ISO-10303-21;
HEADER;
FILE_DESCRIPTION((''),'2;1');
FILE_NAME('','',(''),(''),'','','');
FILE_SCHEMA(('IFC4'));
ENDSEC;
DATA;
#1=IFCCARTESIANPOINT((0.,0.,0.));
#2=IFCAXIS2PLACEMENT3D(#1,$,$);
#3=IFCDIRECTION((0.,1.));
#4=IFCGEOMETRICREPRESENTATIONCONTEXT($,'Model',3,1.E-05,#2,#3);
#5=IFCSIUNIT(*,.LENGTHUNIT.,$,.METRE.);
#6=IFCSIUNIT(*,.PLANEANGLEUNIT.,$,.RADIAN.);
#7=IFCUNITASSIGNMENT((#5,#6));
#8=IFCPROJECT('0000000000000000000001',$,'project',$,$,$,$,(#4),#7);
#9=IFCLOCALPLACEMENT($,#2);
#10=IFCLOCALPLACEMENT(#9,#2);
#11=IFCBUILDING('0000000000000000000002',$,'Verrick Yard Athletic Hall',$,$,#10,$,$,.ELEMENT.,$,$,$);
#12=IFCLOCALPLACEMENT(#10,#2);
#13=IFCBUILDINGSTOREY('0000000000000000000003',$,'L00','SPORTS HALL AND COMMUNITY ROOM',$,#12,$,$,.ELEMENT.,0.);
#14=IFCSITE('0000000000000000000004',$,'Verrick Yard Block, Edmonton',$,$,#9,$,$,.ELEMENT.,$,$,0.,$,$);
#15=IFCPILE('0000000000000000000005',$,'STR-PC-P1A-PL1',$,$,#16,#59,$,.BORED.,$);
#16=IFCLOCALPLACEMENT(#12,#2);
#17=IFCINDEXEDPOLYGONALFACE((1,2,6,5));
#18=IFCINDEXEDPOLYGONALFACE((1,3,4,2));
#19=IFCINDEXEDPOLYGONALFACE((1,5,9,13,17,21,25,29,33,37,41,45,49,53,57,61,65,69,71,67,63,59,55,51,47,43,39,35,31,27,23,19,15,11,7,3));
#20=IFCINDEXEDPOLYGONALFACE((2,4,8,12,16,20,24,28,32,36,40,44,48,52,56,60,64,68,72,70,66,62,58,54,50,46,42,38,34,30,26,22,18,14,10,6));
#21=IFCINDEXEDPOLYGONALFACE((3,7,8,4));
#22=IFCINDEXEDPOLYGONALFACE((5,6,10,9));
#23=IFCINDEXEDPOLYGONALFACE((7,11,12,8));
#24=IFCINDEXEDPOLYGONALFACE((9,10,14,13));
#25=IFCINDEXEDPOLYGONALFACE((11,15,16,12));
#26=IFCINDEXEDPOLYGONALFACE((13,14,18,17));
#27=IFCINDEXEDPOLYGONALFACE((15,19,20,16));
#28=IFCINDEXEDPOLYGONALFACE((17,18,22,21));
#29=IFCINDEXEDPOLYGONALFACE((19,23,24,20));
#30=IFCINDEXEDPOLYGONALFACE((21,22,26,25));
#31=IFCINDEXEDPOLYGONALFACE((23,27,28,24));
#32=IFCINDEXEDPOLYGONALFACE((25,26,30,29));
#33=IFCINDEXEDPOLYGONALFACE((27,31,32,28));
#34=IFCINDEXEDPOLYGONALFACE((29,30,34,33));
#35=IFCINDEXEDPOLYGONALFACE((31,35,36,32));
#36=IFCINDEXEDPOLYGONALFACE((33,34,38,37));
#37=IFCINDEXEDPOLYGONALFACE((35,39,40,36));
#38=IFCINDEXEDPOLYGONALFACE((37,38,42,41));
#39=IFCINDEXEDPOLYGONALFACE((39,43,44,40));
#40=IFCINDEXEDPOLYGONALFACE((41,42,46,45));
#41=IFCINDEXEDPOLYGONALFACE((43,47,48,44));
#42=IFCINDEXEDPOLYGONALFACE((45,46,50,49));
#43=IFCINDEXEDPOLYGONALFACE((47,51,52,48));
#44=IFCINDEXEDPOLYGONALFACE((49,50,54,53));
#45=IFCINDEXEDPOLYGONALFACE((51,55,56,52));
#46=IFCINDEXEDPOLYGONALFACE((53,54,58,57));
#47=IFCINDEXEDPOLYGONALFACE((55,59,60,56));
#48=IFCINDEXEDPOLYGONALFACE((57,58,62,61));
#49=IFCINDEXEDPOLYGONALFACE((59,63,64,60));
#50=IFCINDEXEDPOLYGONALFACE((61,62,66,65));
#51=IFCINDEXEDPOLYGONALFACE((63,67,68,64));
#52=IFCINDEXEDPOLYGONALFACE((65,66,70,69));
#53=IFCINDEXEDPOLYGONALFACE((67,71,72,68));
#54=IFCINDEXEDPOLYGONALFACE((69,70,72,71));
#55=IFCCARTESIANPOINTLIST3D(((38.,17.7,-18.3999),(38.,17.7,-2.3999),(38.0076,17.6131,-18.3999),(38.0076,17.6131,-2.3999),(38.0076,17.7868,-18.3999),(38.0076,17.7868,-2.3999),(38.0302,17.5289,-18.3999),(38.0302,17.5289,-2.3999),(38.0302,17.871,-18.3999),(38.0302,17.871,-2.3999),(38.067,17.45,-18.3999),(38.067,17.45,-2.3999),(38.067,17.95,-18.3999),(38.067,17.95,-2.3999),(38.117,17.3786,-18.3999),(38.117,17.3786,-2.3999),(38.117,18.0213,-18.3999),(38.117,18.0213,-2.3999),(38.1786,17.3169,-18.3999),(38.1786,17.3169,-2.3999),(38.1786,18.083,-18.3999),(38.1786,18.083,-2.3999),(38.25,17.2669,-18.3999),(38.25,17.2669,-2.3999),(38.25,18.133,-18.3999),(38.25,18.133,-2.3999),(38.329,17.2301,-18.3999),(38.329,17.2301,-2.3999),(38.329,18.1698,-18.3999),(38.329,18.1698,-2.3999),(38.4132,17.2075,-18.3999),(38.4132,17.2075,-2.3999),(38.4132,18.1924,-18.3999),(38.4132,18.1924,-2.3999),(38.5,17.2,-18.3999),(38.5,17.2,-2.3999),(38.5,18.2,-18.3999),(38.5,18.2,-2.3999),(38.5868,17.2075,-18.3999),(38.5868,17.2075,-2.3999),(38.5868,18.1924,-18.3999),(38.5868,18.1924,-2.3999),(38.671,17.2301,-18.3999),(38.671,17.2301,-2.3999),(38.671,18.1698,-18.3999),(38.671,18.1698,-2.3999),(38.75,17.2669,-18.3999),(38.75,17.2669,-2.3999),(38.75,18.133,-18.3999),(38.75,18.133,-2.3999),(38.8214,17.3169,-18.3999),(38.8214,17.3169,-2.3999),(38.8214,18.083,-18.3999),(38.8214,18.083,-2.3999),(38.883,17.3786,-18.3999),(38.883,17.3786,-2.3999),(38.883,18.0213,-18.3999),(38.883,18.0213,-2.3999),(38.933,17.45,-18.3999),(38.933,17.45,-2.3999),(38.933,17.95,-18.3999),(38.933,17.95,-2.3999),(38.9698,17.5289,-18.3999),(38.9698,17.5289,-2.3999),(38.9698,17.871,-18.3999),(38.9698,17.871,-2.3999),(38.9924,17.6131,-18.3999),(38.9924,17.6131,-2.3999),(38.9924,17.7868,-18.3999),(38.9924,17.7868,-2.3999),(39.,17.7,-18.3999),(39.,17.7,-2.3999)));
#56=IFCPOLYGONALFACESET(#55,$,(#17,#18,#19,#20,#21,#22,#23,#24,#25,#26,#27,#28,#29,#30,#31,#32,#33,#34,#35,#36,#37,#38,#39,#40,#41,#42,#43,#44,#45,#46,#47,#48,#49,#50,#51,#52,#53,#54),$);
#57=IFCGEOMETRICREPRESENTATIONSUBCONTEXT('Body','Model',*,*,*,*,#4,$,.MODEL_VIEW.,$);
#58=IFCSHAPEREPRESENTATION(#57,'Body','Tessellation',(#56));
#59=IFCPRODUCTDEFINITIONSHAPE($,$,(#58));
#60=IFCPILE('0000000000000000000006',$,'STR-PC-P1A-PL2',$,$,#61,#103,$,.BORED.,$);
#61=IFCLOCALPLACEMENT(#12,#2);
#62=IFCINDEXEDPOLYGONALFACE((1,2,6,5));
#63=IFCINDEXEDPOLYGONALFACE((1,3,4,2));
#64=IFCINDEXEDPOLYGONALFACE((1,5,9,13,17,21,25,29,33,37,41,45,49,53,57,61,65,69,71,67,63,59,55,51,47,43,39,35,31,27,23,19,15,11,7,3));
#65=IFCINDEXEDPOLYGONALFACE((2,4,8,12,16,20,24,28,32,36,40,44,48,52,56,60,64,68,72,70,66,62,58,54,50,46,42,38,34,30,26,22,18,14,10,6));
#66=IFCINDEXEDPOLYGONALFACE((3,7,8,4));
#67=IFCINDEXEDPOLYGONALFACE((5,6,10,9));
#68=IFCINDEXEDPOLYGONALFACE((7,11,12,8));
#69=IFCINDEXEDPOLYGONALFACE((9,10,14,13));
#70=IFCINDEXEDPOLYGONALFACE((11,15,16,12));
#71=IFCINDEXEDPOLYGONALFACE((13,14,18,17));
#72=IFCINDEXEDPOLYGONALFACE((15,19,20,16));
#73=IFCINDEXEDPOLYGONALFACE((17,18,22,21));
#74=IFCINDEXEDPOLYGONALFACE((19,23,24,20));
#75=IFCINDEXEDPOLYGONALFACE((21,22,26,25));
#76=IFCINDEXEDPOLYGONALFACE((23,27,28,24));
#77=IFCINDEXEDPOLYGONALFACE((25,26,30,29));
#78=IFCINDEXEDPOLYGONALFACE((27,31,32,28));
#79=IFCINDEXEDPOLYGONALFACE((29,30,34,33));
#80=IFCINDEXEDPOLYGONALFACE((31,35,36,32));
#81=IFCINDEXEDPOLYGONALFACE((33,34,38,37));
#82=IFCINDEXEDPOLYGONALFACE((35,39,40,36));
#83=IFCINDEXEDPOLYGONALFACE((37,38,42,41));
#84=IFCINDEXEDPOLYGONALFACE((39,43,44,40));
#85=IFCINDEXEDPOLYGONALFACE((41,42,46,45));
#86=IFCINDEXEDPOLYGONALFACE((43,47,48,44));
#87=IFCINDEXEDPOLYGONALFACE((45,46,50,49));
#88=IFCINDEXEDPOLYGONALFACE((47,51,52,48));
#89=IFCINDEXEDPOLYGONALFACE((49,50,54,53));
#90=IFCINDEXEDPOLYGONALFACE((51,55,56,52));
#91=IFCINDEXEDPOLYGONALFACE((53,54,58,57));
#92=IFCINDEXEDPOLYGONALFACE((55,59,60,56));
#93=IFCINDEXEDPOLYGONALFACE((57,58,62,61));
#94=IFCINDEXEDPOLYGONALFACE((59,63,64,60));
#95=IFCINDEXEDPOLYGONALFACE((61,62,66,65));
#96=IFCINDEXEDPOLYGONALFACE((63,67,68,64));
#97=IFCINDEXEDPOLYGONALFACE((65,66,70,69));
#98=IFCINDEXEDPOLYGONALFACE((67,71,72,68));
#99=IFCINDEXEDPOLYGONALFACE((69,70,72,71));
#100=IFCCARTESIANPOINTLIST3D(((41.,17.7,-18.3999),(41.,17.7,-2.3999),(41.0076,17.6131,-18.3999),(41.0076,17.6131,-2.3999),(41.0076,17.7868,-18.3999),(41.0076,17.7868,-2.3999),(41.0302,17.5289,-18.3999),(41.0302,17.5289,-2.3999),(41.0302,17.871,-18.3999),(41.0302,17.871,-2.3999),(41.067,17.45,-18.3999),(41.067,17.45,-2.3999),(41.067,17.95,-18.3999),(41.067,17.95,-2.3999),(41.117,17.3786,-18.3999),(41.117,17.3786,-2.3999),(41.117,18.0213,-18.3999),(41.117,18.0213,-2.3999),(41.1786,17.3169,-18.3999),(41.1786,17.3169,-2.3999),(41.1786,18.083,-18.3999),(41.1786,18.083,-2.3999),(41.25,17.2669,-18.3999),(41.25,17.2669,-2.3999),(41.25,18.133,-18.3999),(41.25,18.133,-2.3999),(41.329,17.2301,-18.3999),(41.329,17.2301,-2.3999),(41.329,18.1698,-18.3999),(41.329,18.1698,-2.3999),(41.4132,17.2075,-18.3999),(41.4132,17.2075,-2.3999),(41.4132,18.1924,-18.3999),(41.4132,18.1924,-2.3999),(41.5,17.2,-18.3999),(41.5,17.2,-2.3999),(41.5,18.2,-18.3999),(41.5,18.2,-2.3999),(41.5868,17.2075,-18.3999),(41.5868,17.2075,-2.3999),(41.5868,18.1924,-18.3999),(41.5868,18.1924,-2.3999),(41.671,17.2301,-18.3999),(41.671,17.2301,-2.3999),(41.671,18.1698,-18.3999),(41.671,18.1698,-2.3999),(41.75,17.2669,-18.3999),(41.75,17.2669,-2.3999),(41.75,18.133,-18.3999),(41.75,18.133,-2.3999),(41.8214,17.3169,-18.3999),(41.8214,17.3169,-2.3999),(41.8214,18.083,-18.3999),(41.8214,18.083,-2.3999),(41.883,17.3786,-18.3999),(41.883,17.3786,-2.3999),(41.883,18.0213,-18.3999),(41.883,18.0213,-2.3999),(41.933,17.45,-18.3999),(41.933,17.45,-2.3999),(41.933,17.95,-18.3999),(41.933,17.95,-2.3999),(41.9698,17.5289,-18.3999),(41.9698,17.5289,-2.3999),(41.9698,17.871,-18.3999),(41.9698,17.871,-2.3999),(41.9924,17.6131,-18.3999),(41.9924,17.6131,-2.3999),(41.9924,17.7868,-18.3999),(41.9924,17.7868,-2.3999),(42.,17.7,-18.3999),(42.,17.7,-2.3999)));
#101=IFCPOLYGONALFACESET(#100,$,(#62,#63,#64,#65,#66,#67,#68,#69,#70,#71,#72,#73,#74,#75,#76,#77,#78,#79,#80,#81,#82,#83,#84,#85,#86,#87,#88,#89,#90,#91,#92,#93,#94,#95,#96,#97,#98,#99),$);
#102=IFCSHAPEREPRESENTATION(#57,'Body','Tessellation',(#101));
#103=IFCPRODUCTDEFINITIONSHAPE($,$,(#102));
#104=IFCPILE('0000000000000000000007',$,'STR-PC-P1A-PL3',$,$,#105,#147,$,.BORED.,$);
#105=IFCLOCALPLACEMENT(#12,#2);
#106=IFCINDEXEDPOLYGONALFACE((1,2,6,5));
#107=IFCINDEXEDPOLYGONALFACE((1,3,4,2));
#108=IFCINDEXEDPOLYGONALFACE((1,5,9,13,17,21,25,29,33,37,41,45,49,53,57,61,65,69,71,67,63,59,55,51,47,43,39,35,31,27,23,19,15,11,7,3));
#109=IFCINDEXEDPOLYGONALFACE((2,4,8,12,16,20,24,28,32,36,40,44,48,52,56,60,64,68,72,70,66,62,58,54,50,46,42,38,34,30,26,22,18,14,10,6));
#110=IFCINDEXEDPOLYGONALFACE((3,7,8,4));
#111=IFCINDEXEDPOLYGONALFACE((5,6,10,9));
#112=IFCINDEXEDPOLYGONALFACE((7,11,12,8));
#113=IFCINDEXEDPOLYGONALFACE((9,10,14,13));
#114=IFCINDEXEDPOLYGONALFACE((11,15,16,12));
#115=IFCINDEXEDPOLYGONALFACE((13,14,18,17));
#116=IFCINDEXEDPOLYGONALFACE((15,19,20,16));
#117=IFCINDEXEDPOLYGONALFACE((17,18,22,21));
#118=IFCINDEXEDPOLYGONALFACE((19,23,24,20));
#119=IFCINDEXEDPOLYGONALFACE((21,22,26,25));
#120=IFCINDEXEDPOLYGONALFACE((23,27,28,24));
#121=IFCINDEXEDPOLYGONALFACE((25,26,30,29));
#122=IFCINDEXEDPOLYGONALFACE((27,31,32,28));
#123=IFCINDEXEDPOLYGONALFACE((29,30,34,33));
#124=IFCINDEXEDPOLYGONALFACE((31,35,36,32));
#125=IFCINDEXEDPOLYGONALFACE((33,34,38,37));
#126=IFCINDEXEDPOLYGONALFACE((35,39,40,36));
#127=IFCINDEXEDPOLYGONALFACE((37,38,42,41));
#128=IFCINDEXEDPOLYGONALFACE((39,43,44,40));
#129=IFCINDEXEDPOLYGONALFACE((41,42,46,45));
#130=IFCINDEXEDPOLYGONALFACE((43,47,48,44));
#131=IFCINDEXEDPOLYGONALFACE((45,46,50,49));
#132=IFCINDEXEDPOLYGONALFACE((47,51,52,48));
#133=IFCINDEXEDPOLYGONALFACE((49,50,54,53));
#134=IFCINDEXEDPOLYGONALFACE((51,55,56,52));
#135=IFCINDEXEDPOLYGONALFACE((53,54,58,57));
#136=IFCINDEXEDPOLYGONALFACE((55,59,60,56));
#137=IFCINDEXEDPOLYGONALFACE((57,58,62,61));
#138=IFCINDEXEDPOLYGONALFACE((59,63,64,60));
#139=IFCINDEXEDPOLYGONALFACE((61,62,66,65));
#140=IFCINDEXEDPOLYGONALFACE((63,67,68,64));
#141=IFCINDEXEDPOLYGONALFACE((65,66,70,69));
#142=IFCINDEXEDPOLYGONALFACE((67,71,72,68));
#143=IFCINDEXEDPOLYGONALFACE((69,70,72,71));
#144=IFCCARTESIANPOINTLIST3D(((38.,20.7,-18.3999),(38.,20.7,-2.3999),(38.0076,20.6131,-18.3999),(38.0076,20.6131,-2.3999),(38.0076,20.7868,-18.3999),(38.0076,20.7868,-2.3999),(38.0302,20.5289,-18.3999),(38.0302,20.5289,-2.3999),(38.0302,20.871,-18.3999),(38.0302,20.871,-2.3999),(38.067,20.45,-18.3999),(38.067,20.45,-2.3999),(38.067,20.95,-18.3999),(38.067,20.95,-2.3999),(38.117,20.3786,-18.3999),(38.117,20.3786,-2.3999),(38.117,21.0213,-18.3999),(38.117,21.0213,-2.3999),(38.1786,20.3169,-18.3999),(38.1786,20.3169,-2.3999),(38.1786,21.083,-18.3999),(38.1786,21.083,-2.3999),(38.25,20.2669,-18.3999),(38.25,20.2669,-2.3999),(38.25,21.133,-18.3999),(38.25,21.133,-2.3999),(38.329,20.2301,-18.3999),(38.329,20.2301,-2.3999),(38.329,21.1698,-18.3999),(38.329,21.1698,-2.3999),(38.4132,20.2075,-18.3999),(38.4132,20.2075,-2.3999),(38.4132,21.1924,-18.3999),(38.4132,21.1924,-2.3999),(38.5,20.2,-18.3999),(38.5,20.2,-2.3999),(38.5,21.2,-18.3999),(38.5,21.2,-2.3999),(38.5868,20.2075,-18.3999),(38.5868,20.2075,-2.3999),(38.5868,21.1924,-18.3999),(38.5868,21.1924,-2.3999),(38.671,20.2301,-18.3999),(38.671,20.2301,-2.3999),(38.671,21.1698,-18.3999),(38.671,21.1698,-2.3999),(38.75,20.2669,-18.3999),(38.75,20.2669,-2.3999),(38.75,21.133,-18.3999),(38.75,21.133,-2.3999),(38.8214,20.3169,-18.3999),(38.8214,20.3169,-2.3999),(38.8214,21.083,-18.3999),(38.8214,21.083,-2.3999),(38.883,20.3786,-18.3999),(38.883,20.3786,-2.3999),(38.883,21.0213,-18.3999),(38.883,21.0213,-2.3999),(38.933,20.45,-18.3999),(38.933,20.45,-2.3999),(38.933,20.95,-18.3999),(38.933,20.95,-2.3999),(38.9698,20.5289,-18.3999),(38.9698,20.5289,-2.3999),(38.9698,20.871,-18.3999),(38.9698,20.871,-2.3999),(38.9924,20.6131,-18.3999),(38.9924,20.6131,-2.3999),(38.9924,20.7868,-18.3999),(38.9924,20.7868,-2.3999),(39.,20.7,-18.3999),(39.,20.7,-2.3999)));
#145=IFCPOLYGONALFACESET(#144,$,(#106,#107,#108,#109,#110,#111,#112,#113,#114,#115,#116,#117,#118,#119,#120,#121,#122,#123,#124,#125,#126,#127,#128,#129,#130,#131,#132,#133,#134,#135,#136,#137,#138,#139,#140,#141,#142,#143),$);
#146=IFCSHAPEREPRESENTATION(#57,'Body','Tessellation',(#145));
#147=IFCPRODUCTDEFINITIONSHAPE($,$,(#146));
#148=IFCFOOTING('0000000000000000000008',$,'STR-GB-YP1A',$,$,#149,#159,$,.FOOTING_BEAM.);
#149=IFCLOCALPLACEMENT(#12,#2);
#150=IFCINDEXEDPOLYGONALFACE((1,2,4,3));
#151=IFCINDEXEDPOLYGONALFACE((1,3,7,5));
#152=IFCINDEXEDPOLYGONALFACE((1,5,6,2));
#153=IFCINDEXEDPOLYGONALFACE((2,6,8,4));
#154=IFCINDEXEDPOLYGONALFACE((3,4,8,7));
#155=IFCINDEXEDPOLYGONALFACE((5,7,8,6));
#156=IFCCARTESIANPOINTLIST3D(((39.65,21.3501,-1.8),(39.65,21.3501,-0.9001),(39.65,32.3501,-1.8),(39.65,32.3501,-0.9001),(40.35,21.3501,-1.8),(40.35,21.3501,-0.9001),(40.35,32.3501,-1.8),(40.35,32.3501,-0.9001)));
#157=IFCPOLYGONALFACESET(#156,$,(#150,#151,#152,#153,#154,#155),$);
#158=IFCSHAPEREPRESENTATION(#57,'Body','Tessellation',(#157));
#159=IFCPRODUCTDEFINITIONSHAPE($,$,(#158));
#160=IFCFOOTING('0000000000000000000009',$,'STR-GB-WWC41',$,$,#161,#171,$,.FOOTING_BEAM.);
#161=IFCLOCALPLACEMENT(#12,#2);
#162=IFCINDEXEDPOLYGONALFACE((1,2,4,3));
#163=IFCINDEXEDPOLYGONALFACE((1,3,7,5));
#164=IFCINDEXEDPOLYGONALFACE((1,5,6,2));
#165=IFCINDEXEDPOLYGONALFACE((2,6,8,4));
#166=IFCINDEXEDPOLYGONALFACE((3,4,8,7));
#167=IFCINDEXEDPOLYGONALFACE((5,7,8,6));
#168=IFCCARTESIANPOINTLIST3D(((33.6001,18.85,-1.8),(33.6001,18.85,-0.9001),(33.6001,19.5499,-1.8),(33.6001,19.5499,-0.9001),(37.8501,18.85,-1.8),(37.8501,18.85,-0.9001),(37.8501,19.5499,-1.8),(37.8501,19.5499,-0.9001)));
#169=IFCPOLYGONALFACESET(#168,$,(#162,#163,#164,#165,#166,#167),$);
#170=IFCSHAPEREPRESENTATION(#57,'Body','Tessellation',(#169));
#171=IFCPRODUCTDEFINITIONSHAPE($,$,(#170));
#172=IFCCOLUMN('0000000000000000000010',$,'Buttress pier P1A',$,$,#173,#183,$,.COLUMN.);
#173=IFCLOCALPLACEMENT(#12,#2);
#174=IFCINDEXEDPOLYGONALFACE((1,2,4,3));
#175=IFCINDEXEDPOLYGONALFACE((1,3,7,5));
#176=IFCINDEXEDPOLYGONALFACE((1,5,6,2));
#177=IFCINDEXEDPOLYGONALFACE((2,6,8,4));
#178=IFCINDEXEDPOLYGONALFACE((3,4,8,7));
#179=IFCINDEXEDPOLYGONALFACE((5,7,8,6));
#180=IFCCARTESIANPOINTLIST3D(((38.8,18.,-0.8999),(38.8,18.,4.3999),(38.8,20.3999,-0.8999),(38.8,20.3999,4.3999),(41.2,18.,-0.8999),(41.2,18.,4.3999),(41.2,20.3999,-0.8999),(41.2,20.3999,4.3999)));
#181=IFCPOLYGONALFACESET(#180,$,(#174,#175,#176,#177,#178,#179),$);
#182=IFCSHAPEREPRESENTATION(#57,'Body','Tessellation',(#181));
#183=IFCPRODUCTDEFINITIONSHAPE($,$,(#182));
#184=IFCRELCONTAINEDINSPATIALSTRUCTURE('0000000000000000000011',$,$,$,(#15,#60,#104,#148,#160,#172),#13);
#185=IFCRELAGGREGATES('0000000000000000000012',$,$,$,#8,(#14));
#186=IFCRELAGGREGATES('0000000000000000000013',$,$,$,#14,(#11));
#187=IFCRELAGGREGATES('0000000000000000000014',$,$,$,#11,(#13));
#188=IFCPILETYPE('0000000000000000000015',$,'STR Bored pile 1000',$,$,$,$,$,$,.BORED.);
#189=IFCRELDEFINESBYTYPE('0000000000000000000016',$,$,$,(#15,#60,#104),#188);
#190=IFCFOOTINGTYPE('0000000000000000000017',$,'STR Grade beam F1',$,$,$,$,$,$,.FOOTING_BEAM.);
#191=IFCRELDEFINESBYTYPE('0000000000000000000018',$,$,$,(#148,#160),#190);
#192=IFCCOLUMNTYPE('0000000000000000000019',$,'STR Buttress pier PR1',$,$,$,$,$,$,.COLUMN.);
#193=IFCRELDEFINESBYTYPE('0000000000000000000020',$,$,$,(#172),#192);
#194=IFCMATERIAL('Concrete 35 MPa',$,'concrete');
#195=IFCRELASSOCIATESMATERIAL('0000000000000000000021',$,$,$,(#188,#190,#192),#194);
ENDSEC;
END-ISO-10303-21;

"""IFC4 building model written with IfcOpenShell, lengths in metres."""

from ifc_helpers import new_model, si_unit, direction, frame, origin, origin_2d, place, context, subcontext, project, spatial, rectangle, circle, extrude, material, material_profile, profile_set, type_object, element, save


model = new_model("IFC4")

# Units and contexts
model_context = context("Model", 3, precision=1e-05, world=origin(), true_north=direction((0.0, 1.0)))
body_context = subcontext(model_context, "Body", "Model", "MODEL_VIEW")
ifc_project = project(units=[si_unit("LENGTHUNIT", "METRE"), si_unit("PLANEANGLEUNIT", "RADIAN")], contexts=[model_context])

# Site, building, storey
site_placement = place(None, origin())
site = spatial("IfcSite", under=ifc_project, at=site_placement, Name="Verrick Yard Block, Edmonton", CompositionType="ELEMENT", RefElevation=0.0)
building_placement = place(site_placement, origin())
building = spatial("IfcBuilding", under=site, at=building_placement, Name="Verrick Yard Athletic Hall", CompositionType="ELEMENT")
storey_placement = place(building_placement, origin())
storey = spatial("IfcBuildingStorey", under=building, at=storey_placement, Name="L00", Description="SPORTS HALL AND COMMUNITY ROOM", CompositionType="ELEMENT", Elevation=0.0)

# Piles
ifc_material_1 = material(Name="Concrete 35 MPa", Category="concrete")
pile_type = type_object("IfcPileType", Name="STR Bored pile 1000", PredefinedType="BORED", material=ifc_material_1)
for number, where, z_axis, x_axis, name in (
    (1, (38.5, 17.7, -2.3999), (0.0, 0.0, -1.0), (1.0, 0.0, 0.0), "STR-PC-P1A-PL1"),
    (2, (41.5, 17.7, -2.3999), (0.0, 0.0, -1.0), (1.0, 0.0, 0.0), "STR-PC-P1A-PL2"),
    (3, (38.5, 20.7, -2.3999), (0.0, 0.0, -1.0), (1.0, 0.0, 0.0), "STR-PC-P1A-PL3"),
):
    element("IfcPile", number, at=place(storey_placement, frame(where, z_axis=z_axis, x_axis=x_axis)), inside=storey, type_object=pile_type, Name=name, PredefinedType="BORED", context=body_context, shape_type="SweptSolid", body=[
        extrude(circle(Radius=0.5, at=origin_2d()), origin(), (0.0, 0.0, 1.0), 16.0),
    ])

# Footings
ifc_material_profile_1 = material_profile(ifc_material_1, rectangle(XDim=0.7, YDim=0.8999, at=origin_2d()), Name="STR Grade beam F1")
ifc_profile_set_1 = profile_set([ifc_material_profile_1], Name="Concrete 35 MPa")
footing_type = type_object("IfcFootingType", Name="STR Grade beam F1", PredefinedType="FOOTING_BEAM", material=ifc_profile_set_1)
footing_1_placement = place(storey_placement, frame((40.0, 21.3501, -1.3501), z_axis=(0.0, 1.0, 0.0), x_axis=(-1.0, 0.0, 0.0)))
element("IfcFooting", 4, at=footing_1_placement, inside=storey, type_object=footing_type, Name="STR-GB-YP1A", PredefinedType="FOOTING_BEAM", context=body_context, shape_type="SweptSolid", body=[
    extrude(rectangle(XDim=0.7, YDim=0.8999, at=origin_2d()), origin(), (0.0, 0.0, 1.0), 11.0),
])
footing_2_placement = place(storey_placement, frame((33.6001, 19.2, -1.3501), z_axis=(1.0, 0.0, 0.0), x_axis=(0.0, 1.0, 0.0)))
element("IfcFooting", 5, at=footing_2_placement, inside=storey, type_object=footing_type, Name="STR-GB-WWC41", PredefinedType="FOOTING_BEAM", context=body_context, shape_type="SweptSolid", body=[
    extrude(rectangle(XDim=0.7, YDim=0.8999, at=origin_2d()), origin(), (0.0, 0.0, 1.0), 4.25),
])

# Column
ifc_material_profile_2 = material_profile(ifc_material_1, rectangle(XDim=2.3999, YDim=2.3999, at=origin_2d()), Name="STR Buttress pier PR1")
ifc_profile_set_2 = profile_set([ifc_material_profile_2], Name="Concrete 35 MPa")
column_type = type_object("IfcColumnType", Name="STR Buttress pier PR1", PredefinedType="COLUMN", material=ifc_profile_set_2)
column_placement = place(storey_placement, frame((40.0, 19.2, -0.8999), z_axis=(0.0, 0.0, 1.0), x_axis=(1.0, 0.0, 0.0)))
element("IfcColumn", 6, at=column_placement, inside=storey, type_object=column_type, Name="Buttress pier P1A", PredefinedType="COLUMN", context=body_context, shape_type="SweptSolid", body=[
    extrude(rectangle(XDim=2.3999, YDim=2.3999, at=origin_2d()), origin(), (0.0, 0.0, 1.0), 5.2998),
])

save(model, "model.ifc")
